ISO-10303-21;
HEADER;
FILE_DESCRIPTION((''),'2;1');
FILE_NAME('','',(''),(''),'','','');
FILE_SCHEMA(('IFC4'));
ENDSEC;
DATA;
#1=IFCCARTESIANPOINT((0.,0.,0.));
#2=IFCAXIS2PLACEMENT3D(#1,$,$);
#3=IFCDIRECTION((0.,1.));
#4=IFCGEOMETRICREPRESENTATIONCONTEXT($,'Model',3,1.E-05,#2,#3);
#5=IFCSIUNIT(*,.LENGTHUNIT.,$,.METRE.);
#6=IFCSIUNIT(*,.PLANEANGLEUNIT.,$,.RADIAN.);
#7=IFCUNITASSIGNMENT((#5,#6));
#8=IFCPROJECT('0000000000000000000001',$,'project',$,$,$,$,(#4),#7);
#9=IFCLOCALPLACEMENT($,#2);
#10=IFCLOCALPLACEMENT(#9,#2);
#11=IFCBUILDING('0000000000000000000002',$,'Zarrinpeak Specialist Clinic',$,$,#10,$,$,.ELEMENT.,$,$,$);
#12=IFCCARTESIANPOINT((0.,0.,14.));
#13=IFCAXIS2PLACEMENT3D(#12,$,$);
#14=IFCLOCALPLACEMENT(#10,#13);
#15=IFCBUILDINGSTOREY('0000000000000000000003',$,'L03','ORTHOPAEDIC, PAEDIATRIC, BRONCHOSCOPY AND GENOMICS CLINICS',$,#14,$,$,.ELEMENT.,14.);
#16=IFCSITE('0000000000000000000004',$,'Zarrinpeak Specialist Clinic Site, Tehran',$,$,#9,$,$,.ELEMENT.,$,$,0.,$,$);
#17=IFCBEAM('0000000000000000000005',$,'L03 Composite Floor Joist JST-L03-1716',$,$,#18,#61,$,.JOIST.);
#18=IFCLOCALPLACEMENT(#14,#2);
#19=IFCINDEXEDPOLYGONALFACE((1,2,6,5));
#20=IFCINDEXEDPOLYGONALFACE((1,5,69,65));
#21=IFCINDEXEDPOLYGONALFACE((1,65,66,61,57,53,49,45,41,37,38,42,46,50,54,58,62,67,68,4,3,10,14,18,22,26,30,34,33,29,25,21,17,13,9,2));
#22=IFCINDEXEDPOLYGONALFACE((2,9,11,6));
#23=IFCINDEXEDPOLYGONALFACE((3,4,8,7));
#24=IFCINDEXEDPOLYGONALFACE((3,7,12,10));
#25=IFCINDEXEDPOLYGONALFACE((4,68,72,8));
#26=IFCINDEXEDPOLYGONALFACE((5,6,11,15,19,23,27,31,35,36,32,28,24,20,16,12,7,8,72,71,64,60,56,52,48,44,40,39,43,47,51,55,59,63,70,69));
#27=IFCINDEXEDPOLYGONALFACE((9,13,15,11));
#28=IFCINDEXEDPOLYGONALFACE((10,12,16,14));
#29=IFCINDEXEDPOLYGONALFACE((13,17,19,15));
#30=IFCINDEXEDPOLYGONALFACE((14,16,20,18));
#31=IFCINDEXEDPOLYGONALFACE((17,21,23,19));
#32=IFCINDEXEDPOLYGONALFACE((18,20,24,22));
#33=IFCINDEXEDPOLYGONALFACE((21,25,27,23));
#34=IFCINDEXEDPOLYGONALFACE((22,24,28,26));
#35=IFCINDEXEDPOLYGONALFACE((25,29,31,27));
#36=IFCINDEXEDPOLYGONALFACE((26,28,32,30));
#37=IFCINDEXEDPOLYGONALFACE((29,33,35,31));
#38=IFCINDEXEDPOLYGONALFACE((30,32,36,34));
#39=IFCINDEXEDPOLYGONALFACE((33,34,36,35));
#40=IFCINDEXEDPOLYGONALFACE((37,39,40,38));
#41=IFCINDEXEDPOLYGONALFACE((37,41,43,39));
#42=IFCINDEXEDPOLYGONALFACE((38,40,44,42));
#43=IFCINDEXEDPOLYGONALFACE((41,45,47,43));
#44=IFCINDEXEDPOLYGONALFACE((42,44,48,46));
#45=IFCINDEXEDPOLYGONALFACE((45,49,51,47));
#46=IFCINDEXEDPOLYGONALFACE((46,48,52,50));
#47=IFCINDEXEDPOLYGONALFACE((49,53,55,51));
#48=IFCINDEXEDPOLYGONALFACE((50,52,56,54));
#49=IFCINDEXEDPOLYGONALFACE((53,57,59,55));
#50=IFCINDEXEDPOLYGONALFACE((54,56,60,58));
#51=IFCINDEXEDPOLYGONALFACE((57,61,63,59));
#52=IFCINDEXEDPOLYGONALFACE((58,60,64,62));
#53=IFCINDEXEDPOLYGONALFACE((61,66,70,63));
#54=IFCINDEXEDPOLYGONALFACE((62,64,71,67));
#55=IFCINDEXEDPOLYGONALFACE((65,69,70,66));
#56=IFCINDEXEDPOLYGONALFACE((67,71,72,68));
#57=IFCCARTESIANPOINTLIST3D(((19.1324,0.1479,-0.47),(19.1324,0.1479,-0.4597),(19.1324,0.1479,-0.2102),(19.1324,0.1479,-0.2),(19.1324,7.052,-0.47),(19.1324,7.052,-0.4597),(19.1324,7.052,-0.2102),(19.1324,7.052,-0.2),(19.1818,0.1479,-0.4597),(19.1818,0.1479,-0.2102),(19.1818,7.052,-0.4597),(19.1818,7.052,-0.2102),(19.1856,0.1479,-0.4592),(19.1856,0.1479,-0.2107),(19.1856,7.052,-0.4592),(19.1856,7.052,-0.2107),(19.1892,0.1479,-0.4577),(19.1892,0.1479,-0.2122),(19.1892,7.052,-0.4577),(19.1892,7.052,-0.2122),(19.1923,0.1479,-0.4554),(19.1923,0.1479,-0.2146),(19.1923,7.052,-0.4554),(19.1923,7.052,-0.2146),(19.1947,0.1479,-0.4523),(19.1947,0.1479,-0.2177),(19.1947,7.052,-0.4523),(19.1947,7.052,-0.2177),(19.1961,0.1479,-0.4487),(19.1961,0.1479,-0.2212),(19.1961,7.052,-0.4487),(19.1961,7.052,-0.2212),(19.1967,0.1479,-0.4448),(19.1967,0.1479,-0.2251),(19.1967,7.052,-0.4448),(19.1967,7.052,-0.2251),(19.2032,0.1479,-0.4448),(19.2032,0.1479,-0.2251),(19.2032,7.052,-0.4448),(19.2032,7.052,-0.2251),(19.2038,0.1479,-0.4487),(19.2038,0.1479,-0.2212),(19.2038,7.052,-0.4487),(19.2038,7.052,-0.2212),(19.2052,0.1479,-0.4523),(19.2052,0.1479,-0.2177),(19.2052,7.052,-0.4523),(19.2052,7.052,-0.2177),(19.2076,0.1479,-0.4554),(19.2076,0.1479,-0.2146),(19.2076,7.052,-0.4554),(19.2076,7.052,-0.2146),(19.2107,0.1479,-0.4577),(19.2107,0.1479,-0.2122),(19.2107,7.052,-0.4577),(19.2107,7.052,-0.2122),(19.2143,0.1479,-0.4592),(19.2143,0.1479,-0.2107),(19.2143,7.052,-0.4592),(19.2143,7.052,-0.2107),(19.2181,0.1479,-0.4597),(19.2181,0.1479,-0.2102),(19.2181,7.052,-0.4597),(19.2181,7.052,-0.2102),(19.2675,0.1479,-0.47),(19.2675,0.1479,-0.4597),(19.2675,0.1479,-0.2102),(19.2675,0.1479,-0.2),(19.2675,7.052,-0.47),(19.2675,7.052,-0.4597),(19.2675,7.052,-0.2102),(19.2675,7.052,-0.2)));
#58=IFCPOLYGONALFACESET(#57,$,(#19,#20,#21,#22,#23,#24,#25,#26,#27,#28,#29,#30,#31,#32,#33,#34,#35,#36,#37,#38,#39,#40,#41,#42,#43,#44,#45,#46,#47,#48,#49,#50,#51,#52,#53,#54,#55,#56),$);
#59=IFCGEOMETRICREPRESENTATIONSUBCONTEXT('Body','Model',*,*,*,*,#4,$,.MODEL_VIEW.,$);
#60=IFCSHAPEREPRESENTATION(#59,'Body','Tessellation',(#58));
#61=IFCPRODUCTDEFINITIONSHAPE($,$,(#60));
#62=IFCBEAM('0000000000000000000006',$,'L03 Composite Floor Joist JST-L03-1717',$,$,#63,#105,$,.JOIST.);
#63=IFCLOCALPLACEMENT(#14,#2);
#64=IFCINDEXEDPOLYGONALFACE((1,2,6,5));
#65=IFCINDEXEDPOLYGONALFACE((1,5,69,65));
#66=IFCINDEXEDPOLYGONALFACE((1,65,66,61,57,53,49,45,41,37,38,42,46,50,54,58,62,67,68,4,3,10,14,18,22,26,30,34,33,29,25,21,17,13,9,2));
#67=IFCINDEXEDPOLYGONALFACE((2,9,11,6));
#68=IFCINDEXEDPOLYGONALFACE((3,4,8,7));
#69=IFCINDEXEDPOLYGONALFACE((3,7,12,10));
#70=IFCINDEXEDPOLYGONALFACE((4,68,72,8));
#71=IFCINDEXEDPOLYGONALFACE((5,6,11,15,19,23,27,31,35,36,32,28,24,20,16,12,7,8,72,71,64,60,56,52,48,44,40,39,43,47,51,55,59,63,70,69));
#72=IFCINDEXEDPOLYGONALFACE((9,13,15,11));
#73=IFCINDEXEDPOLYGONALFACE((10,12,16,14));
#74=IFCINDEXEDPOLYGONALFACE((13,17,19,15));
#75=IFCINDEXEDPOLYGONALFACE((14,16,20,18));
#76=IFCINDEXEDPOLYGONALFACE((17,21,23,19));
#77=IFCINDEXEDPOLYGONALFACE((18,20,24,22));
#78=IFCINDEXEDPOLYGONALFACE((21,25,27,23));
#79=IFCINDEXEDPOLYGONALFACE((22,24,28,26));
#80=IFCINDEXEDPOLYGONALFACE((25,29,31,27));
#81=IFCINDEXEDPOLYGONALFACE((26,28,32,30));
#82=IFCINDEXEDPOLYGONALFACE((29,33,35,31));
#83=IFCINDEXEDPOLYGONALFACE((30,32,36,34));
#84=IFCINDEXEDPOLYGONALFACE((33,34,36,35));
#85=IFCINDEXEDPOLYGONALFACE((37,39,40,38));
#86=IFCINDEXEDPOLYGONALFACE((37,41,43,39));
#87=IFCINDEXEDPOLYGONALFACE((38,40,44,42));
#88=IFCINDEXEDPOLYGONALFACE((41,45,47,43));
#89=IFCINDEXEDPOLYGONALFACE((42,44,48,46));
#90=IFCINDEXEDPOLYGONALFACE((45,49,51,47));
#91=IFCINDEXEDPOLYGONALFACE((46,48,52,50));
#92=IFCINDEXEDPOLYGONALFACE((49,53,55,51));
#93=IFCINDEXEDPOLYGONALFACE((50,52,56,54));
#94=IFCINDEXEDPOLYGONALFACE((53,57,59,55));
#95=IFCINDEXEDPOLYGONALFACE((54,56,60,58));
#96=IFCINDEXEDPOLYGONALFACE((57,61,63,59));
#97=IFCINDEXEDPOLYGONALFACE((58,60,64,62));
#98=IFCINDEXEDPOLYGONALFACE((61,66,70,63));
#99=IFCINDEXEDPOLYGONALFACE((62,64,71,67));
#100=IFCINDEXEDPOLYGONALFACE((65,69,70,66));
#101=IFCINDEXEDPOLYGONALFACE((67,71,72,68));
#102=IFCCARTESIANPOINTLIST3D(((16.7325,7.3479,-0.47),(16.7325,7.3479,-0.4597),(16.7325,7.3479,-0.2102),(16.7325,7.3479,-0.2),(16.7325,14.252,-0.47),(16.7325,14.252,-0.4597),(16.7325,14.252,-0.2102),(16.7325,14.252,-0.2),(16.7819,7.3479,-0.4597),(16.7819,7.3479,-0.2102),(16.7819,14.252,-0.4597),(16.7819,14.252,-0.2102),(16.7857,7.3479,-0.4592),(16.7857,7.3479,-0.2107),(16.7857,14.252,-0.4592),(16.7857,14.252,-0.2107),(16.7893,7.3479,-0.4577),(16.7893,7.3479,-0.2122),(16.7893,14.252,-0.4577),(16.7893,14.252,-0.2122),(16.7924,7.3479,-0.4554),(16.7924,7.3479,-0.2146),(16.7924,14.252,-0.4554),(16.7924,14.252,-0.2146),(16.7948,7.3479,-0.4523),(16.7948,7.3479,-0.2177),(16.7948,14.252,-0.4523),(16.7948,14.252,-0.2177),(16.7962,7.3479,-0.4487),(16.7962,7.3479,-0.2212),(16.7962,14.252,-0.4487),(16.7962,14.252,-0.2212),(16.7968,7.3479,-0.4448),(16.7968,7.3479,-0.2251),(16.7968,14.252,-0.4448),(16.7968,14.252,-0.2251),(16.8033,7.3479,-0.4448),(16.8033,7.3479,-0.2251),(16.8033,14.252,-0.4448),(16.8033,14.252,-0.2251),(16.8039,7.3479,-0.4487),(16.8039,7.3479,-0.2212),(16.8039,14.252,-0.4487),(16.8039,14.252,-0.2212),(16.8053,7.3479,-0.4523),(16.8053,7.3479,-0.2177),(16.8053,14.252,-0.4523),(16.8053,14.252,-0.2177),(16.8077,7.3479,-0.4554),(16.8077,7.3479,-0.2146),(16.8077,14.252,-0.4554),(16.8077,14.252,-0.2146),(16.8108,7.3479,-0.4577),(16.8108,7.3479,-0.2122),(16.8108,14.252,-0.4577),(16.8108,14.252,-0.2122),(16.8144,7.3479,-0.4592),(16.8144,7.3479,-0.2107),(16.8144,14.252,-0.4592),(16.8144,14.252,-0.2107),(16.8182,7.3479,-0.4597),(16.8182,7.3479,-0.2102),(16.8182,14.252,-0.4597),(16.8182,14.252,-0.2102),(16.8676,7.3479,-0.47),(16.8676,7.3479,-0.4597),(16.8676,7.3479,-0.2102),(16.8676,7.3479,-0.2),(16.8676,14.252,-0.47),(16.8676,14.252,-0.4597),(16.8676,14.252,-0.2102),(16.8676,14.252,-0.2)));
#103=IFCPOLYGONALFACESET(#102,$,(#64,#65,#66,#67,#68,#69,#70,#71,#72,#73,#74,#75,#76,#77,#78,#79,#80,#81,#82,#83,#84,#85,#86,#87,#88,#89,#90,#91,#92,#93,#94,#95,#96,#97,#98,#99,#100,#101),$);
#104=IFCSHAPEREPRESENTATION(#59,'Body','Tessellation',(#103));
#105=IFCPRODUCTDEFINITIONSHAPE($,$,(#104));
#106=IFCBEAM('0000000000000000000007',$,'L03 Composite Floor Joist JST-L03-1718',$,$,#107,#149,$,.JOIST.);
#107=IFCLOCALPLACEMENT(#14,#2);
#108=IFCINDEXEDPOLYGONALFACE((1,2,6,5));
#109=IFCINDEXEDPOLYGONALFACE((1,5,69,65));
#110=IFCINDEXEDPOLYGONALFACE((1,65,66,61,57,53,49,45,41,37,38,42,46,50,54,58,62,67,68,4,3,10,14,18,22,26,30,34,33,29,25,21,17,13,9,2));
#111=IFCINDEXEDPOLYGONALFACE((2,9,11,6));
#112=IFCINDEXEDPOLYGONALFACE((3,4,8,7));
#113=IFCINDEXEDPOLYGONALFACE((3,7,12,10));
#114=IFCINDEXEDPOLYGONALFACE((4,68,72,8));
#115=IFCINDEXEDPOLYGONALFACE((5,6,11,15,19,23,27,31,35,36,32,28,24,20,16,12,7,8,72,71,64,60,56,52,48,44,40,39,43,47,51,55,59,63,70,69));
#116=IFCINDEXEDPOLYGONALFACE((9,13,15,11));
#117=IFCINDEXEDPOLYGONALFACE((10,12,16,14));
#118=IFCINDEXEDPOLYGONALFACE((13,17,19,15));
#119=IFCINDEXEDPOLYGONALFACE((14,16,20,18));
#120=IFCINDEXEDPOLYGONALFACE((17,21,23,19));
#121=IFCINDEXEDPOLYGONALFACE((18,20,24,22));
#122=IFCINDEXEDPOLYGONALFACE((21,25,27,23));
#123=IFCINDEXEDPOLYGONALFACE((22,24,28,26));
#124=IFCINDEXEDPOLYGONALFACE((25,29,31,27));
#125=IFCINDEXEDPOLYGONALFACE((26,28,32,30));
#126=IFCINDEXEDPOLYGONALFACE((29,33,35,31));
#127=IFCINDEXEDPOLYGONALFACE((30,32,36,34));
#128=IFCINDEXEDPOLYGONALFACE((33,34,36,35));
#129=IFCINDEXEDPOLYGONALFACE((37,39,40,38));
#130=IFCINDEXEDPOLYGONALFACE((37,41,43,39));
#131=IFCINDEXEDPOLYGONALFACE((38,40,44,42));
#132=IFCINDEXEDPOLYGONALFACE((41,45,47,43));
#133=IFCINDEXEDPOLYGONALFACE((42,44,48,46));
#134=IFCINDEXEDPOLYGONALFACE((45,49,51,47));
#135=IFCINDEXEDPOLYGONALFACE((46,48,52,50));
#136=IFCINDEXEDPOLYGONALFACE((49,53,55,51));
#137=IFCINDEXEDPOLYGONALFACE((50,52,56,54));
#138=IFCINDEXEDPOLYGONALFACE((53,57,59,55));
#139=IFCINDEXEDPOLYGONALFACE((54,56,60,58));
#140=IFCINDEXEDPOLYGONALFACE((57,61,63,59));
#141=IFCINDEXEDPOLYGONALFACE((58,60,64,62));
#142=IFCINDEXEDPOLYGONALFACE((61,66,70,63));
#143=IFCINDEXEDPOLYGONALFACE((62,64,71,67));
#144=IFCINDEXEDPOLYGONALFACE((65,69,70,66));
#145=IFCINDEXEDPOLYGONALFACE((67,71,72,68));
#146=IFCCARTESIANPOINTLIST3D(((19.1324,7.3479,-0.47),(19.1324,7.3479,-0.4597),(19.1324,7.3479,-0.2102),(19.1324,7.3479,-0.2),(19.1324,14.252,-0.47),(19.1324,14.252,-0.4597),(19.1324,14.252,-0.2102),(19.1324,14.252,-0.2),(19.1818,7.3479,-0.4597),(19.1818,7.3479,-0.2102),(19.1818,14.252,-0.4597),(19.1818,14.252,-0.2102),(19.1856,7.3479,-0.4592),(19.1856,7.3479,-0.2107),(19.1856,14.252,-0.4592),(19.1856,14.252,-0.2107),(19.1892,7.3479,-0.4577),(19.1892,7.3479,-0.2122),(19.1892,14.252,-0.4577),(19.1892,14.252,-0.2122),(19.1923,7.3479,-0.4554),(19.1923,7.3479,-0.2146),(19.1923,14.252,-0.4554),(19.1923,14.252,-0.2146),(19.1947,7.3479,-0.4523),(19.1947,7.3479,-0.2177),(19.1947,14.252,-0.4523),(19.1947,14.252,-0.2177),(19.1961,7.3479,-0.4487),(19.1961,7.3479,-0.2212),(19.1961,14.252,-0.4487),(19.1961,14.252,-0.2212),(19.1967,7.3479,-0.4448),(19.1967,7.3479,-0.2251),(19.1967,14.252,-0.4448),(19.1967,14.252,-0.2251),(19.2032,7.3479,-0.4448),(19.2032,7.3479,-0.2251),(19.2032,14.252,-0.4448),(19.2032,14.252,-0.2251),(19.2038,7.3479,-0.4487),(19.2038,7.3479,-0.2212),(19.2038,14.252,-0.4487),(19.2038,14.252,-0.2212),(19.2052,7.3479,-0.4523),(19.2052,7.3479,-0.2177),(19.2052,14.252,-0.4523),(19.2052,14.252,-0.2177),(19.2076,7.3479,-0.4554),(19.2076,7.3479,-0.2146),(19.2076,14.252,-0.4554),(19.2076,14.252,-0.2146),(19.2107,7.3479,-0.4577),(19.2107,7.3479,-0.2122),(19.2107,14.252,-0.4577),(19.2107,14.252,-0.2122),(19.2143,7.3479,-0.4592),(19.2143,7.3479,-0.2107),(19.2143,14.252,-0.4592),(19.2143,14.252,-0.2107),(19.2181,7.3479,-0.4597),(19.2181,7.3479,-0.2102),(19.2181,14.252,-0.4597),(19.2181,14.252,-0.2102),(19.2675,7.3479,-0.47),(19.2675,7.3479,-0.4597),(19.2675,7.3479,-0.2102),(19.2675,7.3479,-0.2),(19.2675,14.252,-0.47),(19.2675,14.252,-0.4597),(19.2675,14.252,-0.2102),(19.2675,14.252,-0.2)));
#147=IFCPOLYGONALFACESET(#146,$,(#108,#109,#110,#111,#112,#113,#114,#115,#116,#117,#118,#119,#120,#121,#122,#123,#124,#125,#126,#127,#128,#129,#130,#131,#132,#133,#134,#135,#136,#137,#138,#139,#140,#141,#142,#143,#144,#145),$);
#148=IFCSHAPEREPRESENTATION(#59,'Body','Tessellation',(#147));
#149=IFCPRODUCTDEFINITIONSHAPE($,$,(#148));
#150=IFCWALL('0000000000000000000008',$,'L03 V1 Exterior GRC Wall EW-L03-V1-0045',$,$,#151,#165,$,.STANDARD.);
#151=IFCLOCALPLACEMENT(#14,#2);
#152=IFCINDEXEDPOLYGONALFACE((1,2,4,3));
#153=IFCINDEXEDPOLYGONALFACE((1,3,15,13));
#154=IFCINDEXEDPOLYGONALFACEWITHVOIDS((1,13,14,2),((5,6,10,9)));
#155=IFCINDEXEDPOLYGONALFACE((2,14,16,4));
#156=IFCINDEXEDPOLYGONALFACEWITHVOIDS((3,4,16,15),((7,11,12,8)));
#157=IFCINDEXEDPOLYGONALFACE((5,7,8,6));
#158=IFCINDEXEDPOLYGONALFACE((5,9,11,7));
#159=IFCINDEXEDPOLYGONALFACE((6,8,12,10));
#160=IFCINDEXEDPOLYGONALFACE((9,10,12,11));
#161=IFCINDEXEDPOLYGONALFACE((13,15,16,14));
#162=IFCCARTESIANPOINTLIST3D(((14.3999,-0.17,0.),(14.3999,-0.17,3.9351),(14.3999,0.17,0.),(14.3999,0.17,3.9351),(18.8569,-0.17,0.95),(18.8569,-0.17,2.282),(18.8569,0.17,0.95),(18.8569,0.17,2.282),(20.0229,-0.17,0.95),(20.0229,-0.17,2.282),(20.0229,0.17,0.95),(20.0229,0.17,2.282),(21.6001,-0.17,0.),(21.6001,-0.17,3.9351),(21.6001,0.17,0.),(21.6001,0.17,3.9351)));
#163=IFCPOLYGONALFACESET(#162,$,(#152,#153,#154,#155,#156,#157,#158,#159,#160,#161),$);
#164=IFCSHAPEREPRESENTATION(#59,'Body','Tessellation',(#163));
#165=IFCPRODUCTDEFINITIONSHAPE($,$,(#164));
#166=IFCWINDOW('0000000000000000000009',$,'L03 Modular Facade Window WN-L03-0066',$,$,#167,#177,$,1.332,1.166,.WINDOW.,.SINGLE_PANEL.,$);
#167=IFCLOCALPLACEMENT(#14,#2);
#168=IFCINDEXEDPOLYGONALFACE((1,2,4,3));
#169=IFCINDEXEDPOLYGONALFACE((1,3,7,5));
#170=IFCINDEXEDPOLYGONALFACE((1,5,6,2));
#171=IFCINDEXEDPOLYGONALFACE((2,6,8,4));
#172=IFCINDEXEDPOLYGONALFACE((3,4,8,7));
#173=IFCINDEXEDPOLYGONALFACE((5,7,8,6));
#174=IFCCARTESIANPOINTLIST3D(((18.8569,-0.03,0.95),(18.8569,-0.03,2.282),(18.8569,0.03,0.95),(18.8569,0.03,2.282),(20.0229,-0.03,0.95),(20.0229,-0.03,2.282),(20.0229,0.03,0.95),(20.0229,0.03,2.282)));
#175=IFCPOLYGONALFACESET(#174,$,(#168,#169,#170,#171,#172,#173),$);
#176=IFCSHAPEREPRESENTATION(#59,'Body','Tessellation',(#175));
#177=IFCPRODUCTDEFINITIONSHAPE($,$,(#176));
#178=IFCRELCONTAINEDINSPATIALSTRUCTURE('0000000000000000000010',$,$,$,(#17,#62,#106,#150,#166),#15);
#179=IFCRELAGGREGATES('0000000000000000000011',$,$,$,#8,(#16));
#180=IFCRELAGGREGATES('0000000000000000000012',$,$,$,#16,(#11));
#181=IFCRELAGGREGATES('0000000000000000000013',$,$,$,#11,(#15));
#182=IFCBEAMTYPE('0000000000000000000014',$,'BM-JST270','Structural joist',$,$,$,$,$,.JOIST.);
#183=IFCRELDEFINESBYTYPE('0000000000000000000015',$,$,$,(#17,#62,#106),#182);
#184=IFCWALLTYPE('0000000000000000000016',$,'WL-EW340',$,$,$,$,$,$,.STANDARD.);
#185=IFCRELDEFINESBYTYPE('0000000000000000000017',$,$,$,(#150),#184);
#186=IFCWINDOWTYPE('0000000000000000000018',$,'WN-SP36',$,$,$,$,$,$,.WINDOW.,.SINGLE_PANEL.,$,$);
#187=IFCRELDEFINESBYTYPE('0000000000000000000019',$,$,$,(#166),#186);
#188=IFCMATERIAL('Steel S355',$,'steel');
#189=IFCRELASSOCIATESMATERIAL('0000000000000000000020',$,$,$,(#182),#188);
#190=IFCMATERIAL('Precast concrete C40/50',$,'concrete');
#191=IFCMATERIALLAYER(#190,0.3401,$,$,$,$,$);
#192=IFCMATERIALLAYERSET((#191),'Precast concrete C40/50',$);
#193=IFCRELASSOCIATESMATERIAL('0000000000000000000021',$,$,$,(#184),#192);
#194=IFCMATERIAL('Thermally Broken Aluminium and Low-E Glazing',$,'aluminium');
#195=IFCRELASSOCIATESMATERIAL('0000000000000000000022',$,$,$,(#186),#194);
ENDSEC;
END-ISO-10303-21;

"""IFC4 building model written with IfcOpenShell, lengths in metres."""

from ifc_helpers import new_model, si_unit, direction, frame, frame_2d, origin, origin_2d, place, context, subcontext, project, spatial, rectangle, i_section, extrude, material, layer, layer_set, material_profile, profile_set, type_object, element, fill, save


model = new_model("IFC4")

# Units and contexts
model_context = context("Model", 3, precision=1e-05, world=origin(), true_north=direction((0.0, 1.0)))
body_context = subcontext(model_context, "Body", "Model", "MODEL_VIEW")
ifc_project = project(units=[si_unit("LENGTHUNIT", "METRE"), si_unit("PLANEANGLEUNIT", "RADIAN")], contexts=[model_context])

# Site, building, storey
site_placement = place(None, origin())
site = spatial("IfcSite", under=ifc_project, at=site_placement, Name="Zarrinpeak Specialist Clinic Site, Tehran", CompositionType="ELEMENT", RefElevation=0.0)
building_placement = place(site_placement, origin())
building = spatial("IfcBuilding", under=site, at=building_placement, Name="Zarrinpeak Specialist Clinic", CompositionType="ELEMENT")
storey_placement = place(building_placement, frame((0.0, 0.0, 14.0)))
storey = spatial("IfcBuildingStorey", under=building, at=storey_placement, Name="L03", Description="ORTHOPAEDIC, PAEDIATRIC, BRONCHOSCOPY AND GENOMICS CLINICS", CompositionType="ELEMENT", Elevation=14.0)

# Shared definitions
ifc_material_1 = material(Name="Steel S355", Category="steel")

# Beams
ifc_material_profile_1 = material_profile(ifc_material_1, i_section(OverallWidth=0.135, OverallDepth=0.27, WebThickness=0.0066, FlangeThickness=0.0103, FilletRadius=0.0149, at=origin_2d()), Name="IPE 270")
ifc_profile_set_1 = profile_set([ifc_material_profile_1], Name="Steel S355")
beam_type_1 = type_object("IfcBeamType", Name="BM-JST270", Description="Structural joist", PredefinedType="JOIST", material=ifc_profile_set_1)
for number, where, z_axis, x_axis, name in (
    (1, (19.2, 0.1479, -0.335), (0.0, 1.0, 0.0), (-1.0, 0.0, 0.0), "L03 Composite Floor Joist JST-L03-1716"),
    (2, (16.8, 7.3479, -0.335), (0.0, 1.0, 0.0), (-1.0, 0.0, 0.0), "L03 Composite Floor Joist JST-L03-1717"),
    (3, (19.2, 7.3479, -0.335), (0.0, 1.0, 0.0), (-1.0, 0.0, 0.0), "L03 Composite Floor Joist JST-L03-1718"),
):
    element("IfcBeam", number, at=place(storey_placement, frame(where, z_axis=z_axis, x_axis=x_axis)), inside=storey, type_object=beam_type_1, Name=name, PredefinedType="JOIST", context=body_context, shape_type="SweptSolid", body=[
        extrude(i_section(OverallWidth=0.135, OverallDepth=0.27, WebThickness=0.0066, FlangeThickness=0.0103, FilletRadius=0.0149, at=origin_2d()), origin(), (0.0, 0.0, 1.0), 6.9041),
    ])

# Wall, opening, window
ifc_material_2 = material(Name="Precast concrete C40/50", Category="concrete")
ifc_layer_1 = layer(ifc_material_2, 0.3401)
ifc_layer_set_1 = layer_set([ifc_layer_1], Name="Precast concrete C40/50")
wall_type_1 = type_object("IfcWallType", Name="WL-EW340", PredefinedType="STANDARD", material=ifc_layer_set_1)
wall_1_placement = place(storey_placement, frame((14.3999, 0.0, 0.0), z_axis=(0.0, 0.0, 1.0), x_axis=(1.0, 0.0, 0.0)))
wall_1 = element("IfcWall", 4, at=wall_1_placement, inside=storey, type_object=wall_type_1, Name="L03 V1 Exterior GRC Wall EW-L03-V1-0045", PredefinedType="STANDARD", context=body_context, shape_type="SweptSolid", body=[
    extrude(rectangle(XDim=7.2002, YDim=0.3401, at=frame_2d((3.6001, 0.0))), origin(), (0.0, 0.0, 1.0), 3.9351),
])
opening_1_placement = place(wall_1_placement, frame((4.457, 0.0, 0.95)))
opening_1 = element("IfcOpeningElement", 5, at=opening_1_placement, cuts=wall_1, PredefinedType="OPENING", context=body_context, shape_type="SweptSolid", body=[
    extrude(rectangle(XDim=1.166, YDim=1.332, at=frame_2d((0.583, 0.666))), frame((0.0, 0.1802, 0.0), z_axis=(0.0, -1.0, 0.0), x_axis=(1.0, 0.0, 0.0)), (0.0, 0.0, 1.0), 0.3601),
])
ifc_material_3 = material(Name="Thermally Broken Aluminium and Low-E Glazing", Category="aluminium")
window_type_1 = type_object("IfcWindowType", Name="WN-SP36", PartitioningType="SINGLE_PANEL", PredefinedType="WINDOW", material=ifc_material_3)
window_1_placement = place(opening_1_placement, origin())
window_1 = element("IfcWindow", 6, at=window_1_placement, inside=storey, type_object=window_type_1, Name="L03 Modular Facade Window WN-L03-0066", OverallHeight=1.332, OverallWidth=1.166, PartitioningType="SINGLE_PANEL", PredefinedType="WINDOW", context=body_context, shape_type="SweptSolid", body=[
    extrude(rectangle(XDim=1.166, YDim=1.332, at=frame_2d((0.583, 0.666))), frame((0.0, 0.03, 0.0), z_axis=(0.0, -1.0, 0.0), x_axis=(1.0, 0.0, 0.0)), (0.0, 0.0, 1.0), 0.0601),
])
fill(opening_1, window_1)

save(model, "model.ifc")
